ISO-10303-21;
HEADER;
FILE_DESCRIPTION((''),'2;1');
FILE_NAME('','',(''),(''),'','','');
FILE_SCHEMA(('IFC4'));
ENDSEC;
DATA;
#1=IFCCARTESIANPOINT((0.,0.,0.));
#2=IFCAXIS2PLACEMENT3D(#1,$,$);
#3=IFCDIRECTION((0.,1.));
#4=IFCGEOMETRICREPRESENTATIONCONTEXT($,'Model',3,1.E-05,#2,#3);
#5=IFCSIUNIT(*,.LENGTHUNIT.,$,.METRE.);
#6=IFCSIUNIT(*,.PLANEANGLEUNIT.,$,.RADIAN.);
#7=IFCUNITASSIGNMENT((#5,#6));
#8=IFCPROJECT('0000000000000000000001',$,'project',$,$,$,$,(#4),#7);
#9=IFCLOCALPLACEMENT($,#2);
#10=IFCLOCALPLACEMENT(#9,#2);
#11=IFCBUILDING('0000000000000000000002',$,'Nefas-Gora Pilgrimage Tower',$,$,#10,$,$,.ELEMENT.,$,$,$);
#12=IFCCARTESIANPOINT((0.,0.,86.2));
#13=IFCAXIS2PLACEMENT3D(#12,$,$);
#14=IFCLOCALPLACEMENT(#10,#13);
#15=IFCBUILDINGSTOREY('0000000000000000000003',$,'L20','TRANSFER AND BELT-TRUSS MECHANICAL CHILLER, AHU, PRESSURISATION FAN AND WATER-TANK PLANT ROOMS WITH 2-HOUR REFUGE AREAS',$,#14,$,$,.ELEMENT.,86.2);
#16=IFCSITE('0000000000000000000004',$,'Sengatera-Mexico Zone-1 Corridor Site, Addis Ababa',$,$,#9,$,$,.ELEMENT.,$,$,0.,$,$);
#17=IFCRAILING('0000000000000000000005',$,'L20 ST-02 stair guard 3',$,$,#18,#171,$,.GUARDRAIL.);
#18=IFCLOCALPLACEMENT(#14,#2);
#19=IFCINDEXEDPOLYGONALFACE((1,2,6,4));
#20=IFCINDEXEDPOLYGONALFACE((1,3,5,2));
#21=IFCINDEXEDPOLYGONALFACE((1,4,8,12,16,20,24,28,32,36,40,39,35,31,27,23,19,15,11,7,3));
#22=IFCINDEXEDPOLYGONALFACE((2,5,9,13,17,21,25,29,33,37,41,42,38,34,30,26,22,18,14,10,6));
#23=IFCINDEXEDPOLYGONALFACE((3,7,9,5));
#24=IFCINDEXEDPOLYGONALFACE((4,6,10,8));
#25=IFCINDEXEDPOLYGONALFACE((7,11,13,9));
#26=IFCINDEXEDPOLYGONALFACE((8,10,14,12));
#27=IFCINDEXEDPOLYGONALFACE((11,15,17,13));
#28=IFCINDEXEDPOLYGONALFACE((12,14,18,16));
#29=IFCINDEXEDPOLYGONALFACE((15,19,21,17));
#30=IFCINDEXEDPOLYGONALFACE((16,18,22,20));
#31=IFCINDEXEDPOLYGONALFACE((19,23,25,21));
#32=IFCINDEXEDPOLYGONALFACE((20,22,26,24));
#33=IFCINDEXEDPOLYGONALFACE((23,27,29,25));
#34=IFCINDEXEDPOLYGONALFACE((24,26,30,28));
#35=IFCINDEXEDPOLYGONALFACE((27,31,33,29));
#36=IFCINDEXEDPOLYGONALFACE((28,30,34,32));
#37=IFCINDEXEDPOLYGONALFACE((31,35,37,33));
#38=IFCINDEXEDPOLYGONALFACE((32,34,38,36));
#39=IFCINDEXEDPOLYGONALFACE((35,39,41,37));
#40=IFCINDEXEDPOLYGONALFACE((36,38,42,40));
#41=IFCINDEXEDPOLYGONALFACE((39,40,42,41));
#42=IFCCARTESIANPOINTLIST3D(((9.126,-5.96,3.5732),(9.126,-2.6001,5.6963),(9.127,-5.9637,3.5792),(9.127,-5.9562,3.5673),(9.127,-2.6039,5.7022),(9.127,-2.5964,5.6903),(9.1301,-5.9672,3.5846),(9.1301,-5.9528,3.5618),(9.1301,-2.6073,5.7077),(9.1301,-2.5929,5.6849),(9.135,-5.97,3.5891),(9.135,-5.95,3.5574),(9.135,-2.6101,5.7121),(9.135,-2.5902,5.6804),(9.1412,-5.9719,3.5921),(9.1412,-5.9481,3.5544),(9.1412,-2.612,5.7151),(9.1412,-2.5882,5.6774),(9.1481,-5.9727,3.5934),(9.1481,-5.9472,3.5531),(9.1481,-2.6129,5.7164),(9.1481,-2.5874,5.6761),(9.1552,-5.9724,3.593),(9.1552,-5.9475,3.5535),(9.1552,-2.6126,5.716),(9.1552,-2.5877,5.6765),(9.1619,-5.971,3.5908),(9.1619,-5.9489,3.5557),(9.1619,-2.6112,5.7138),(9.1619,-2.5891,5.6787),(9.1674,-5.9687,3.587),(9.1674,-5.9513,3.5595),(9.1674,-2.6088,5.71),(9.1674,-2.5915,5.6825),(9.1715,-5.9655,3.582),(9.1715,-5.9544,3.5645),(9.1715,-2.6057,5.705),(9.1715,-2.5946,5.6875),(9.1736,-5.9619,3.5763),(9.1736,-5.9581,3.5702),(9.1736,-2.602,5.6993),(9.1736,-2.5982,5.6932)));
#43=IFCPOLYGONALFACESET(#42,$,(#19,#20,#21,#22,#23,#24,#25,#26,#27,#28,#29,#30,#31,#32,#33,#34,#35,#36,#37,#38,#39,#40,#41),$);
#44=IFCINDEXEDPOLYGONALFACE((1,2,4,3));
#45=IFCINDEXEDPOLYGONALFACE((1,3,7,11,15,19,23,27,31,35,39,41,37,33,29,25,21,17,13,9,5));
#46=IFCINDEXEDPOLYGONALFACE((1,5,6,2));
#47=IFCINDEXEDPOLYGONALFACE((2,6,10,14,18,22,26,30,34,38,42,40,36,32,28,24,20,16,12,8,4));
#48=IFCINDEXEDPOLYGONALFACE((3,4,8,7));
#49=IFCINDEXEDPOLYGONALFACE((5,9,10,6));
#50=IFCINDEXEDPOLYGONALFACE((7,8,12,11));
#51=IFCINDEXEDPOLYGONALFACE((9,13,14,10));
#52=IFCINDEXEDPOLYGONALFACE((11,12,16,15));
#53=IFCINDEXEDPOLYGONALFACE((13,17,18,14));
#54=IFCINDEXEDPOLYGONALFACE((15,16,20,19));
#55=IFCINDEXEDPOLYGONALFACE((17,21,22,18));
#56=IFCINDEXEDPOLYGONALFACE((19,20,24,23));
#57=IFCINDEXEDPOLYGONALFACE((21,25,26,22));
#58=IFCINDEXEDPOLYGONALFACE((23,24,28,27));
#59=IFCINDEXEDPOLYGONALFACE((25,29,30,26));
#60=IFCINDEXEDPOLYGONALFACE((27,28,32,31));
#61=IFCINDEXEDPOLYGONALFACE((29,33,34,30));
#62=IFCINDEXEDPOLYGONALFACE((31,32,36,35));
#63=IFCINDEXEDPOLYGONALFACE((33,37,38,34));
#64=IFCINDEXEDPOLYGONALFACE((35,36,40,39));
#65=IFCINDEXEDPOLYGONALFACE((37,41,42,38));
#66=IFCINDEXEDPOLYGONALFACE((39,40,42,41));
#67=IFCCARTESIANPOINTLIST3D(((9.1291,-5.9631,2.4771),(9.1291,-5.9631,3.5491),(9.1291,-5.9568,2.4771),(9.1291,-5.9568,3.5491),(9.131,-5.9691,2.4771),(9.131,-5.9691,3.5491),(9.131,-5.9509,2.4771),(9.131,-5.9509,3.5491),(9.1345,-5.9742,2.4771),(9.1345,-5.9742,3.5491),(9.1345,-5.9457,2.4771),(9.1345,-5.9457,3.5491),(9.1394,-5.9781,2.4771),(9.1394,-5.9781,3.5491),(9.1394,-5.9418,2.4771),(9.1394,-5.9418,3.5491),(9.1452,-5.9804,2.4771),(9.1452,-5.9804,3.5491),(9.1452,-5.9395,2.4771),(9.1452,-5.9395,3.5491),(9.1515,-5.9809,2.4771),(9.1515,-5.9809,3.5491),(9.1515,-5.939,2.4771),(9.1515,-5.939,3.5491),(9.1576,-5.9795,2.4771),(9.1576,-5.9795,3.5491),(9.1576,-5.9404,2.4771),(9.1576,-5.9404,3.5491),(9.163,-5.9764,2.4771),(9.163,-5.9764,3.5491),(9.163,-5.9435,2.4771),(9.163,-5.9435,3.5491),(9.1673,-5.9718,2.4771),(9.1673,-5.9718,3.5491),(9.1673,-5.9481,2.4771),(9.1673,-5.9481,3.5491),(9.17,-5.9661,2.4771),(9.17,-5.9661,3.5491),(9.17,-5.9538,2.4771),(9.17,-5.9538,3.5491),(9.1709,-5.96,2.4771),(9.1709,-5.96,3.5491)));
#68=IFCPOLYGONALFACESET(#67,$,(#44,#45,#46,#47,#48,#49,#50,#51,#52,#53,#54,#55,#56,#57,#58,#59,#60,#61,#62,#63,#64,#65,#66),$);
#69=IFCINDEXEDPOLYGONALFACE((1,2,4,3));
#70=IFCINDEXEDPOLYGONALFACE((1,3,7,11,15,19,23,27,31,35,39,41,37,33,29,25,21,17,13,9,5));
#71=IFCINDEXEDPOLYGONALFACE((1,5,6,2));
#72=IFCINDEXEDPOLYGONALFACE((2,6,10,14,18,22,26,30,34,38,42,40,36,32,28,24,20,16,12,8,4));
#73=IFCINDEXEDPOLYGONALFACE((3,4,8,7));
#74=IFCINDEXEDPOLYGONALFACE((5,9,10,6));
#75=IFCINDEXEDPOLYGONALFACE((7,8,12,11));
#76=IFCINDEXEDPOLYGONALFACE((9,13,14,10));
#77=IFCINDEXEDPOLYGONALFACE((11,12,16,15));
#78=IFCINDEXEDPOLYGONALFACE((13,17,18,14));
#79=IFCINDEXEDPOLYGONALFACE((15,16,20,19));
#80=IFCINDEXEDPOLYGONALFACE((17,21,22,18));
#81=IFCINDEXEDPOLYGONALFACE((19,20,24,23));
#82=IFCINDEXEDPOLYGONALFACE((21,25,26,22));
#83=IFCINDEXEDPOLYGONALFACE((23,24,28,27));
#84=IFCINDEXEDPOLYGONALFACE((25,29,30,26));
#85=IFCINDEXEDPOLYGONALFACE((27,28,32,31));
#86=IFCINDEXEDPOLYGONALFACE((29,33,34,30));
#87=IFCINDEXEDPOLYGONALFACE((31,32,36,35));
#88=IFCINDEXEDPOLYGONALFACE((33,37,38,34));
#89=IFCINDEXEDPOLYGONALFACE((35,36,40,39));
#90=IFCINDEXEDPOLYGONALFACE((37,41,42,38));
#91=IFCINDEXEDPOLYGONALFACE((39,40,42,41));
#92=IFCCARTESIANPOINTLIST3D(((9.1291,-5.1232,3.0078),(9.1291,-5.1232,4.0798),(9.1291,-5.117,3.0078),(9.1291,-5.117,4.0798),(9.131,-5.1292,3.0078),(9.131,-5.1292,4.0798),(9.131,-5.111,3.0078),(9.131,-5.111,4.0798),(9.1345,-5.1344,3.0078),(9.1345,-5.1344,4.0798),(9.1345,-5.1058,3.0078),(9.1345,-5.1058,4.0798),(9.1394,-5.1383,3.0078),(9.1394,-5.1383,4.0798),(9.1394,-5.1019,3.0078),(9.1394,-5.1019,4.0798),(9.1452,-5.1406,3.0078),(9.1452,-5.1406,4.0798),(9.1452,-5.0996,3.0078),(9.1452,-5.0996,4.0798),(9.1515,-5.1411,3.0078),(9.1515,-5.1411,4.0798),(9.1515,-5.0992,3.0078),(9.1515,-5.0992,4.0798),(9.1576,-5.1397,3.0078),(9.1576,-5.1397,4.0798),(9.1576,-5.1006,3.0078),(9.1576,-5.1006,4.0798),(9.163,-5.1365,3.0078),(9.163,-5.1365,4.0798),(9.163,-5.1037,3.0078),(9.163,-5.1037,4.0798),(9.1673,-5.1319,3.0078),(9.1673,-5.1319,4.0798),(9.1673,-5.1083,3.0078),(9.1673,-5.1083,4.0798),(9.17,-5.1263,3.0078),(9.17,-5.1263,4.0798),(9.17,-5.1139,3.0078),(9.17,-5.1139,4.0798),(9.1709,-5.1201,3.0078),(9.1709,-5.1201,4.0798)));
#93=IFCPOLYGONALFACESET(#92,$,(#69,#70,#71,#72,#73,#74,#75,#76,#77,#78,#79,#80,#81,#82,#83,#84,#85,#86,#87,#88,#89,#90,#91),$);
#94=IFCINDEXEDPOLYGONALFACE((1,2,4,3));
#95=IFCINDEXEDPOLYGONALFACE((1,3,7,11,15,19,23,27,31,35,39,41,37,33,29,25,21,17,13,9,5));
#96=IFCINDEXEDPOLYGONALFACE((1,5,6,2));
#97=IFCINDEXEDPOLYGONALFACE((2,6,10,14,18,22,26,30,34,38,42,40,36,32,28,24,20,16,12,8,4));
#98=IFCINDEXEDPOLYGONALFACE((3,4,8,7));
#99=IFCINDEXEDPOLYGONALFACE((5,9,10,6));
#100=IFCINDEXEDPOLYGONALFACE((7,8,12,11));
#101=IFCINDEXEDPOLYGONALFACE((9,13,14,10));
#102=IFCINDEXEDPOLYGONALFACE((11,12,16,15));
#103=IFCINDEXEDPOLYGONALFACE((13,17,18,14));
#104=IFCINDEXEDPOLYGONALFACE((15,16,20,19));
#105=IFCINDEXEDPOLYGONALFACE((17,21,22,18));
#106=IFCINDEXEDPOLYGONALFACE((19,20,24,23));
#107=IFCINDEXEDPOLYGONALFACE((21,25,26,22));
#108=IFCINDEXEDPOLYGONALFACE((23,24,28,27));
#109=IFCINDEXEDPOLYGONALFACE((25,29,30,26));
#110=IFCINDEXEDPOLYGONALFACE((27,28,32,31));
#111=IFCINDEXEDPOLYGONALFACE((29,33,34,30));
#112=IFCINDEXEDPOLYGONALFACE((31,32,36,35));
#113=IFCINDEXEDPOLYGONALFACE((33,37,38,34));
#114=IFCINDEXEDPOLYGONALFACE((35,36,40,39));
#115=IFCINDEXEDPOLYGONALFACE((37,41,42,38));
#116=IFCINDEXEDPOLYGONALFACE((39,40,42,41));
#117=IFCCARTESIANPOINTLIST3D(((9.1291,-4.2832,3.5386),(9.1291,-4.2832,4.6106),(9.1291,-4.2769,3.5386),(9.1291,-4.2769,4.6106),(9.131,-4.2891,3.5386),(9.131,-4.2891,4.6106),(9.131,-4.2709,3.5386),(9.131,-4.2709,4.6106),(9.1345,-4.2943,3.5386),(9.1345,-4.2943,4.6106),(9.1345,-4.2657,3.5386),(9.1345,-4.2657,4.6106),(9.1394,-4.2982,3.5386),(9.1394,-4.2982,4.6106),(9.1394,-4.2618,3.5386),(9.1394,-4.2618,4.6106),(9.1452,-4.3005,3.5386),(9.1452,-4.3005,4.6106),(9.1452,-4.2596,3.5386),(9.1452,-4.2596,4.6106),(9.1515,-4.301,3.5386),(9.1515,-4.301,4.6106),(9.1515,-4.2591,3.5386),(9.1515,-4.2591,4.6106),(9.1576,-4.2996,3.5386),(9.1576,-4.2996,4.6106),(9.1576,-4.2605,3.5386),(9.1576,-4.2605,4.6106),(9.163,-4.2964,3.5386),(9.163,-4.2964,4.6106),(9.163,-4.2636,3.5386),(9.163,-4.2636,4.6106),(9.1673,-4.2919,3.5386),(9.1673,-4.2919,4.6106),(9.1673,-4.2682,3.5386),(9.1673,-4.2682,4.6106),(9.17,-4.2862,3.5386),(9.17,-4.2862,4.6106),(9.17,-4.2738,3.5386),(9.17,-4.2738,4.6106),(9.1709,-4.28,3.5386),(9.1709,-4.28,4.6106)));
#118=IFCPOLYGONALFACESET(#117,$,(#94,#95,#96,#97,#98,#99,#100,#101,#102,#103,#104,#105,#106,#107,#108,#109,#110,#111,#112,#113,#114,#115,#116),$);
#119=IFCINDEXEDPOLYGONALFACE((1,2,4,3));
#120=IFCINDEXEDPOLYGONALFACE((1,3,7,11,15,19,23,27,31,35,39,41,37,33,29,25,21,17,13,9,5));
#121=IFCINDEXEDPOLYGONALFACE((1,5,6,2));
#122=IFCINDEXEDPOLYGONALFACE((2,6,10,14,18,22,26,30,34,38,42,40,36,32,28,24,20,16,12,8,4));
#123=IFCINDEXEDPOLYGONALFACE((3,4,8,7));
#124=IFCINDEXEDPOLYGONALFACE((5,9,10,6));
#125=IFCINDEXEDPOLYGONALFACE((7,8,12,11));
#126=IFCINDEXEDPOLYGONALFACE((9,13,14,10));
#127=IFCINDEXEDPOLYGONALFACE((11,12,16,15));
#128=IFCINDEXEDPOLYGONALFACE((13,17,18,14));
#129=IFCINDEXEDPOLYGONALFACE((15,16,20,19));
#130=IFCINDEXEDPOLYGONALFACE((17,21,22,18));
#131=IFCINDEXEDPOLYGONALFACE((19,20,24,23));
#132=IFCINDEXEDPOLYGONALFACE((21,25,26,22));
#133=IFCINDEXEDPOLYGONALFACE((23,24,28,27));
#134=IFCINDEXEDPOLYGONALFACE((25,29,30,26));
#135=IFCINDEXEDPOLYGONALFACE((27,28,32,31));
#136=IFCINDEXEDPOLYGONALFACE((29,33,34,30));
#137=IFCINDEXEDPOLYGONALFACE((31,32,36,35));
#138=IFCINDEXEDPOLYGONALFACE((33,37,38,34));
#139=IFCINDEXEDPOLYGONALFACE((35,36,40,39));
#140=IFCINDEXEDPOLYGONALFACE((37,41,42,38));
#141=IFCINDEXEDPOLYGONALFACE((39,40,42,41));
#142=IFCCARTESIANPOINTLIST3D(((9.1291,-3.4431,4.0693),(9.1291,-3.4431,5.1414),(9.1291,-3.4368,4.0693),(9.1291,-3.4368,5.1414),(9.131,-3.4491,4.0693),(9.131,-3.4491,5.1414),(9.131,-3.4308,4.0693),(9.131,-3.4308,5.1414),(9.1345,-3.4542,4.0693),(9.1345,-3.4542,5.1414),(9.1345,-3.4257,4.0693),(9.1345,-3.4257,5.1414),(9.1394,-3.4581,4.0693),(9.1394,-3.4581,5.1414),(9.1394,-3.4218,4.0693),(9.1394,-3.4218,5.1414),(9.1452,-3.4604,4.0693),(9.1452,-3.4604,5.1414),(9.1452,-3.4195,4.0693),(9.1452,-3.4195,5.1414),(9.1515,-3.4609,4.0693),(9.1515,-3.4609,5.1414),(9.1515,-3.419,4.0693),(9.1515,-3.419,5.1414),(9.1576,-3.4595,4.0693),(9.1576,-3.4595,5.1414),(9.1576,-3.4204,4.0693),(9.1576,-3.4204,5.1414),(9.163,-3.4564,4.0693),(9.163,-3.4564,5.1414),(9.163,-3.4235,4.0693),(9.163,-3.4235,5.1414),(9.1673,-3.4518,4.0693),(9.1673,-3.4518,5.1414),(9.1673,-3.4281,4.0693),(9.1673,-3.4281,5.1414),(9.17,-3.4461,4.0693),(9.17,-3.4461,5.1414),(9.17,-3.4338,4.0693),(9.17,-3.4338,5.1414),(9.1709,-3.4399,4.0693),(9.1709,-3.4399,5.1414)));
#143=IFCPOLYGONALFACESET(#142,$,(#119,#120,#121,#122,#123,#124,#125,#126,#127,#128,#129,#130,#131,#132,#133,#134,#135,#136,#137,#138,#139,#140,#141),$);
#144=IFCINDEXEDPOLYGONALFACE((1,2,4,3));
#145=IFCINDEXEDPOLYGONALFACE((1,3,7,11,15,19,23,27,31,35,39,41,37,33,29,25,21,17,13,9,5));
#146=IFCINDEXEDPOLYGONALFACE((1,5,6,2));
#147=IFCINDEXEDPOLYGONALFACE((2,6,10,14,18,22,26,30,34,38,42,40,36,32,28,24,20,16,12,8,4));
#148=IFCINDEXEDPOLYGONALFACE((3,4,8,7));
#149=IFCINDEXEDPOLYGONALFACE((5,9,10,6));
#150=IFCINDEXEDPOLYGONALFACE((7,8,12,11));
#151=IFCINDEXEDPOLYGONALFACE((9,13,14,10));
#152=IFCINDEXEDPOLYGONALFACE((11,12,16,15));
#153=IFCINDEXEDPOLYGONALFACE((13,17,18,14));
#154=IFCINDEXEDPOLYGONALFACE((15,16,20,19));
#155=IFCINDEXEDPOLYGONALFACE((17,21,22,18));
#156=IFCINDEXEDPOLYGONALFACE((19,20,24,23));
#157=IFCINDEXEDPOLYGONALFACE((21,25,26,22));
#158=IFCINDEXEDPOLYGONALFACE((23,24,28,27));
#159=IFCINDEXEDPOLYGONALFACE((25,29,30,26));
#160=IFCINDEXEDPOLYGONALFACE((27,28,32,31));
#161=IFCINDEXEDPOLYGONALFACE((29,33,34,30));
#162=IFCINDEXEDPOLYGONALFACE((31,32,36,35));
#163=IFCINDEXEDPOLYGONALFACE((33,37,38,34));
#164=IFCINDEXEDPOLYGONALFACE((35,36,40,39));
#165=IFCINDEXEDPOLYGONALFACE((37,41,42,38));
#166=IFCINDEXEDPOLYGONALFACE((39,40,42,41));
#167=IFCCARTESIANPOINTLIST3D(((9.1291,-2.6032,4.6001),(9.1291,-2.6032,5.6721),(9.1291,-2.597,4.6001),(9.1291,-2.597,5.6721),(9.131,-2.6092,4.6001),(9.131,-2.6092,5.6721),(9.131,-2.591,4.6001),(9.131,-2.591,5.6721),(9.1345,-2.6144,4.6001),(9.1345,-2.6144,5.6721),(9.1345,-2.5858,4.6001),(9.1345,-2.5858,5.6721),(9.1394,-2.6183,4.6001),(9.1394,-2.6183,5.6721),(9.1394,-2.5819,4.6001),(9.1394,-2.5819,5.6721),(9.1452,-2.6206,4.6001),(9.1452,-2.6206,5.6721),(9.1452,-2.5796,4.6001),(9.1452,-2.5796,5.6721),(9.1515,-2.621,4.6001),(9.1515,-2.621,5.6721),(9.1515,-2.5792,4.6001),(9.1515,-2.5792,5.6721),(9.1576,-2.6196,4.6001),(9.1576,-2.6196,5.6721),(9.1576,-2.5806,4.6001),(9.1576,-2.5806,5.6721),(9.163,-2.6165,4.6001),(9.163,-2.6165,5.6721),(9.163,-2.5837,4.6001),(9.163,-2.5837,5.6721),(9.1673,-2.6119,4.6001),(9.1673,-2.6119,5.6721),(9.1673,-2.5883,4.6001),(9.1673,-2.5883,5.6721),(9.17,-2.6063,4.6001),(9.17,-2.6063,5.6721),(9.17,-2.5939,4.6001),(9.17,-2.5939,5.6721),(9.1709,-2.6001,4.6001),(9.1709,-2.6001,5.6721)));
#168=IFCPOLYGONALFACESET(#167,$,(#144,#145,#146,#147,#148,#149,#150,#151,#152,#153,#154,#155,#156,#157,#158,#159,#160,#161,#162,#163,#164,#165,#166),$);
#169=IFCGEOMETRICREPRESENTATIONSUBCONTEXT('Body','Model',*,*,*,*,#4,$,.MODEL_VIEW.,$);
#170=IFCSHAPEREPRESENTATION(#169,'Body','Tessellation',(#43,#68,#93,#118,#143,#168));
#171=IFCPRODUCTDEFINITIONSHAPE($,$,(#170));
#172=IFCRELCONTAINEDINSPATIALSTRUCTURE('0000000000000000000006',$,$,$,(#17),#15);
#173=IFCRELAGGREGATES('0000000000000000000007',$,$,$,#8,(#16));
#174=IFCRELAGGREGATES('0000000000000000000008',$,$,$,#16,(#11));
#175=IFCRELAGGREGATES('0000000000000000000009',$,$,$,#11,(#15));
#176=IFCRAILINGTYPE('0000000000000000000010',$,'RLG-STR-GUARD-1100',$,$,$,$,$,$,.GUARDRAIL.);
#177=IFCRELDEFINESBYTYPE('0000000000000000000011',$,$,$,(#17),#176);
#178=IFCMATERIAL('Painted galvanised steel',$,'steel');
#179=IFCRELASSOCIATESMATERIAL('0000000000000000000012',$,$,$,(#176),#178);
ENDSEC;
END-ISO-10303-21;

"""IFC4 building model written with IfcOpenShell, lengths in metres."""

from ifc_helpers import new_model, si_unit, direction, frame, origin, origin_2d, place, context, subcontext, project, spatial, circle, extrude, material, type_object, element, save


model = new_model("IFC4")

# Units and contexts
model_context = context("Model", 3, precision=1e-05, world=origin(), true_north=direction((0.0, 1.0)))
body_context = subcontext(model_context, "Body", "Model", "MODEL_VIEW")
ifc_project = project(units=[si_unit("LENGTHUNIT", "METRE"), si_unit("PLANEANGLEUNIT", "RADIAN")], contexts=[model_context])

# Site, building, storey
site_placement = place(None, origin())
site = spatial("IfcSite", under=ifc_project, at=site_placement, Name="Sengatera-Mexico Zone-1 Corridor Site, Addis Ababa", CompositionType="ELEMENT", RefElevation=0.0)
building_placement = place(site_placement, origin())
building = spatial("IfcBuilding", under=site, at=building_placement, Name="Nefas-Gora Pilgrimage Tower", CompositionType="ELEMENT")
storey_placement = place(building_placement, frame((0.0, 0.0, 86.2)))
storey = spatial("IfcBuildingStorey", under=building, at=storey_placement, Name="L20", Description="TRANSFER AND BELT-TRUSS MECHANICAL CHILLER, AHU, PRESSURISATION FAN AND WATER-TANK PLANT ROOMS WITH 2-HOUR REFUGE AREAS", CompositionType="ELEMENT", Elevation=86.2)

# Railing
ifc_material_1 = material(Name="Painted galvanised steel", Category="steel")
railing_type_1 = type_object("IfcRailingType", Name="RLG-STR-GUARD-1100", PredefinedType="GUARDRAIL", material=ifc_material_1)
railing_1_placement = place(storey_placement, frame((9.1499, -5.96, 2.4771)))
element("IfcRailing", 1, at=railing_1_placement, inside=storey, type_object=railing_type_1, Name="L20 ST-02 stair guard 3", PredefinedType="GUARDRAIL", context=body_context, shape_type="SweptSolid", body=[
    extrude(circle(Radius=0.0239, at=origin_2d()), frame((0.0, 0.0, 1.0962), z_axis=(0.0, 0.845372, 0.534178), x_axis=(-1.0, 0.0, 0.0)), (0.0, 0.0, 1.0), 3.9744),
    extrude(circle(Radius=0.021, at=origin_2d()), origin(), (0.0, 0.0, 1.0), 1.072),
    extrude(circle(Radius=0.021, at=origin_2d()), frame((0.0, 0.8398, 0.5308)), (0.0, 0.0, 1.0), 1.072),
    extrude(circle(Radius=0.021, at=origin_2d()), frame((0.0, 1.6799, 1.0615)), (0.0, 0.0, 1.0), 1.072),
    extrude(circle(Radius=0.021, at=origin_2d()), frame((0.0, 2.52, 1.5923)), (0.0, 0.0, 1.0), 1.072),
    extrude(circle(Radius=0.021, at=origin_2d()), frame((0.0, 3.3599, 2.123)), (0.0, 0.0, 1.0), 1.072),
])

save(model, "model.ifc")
